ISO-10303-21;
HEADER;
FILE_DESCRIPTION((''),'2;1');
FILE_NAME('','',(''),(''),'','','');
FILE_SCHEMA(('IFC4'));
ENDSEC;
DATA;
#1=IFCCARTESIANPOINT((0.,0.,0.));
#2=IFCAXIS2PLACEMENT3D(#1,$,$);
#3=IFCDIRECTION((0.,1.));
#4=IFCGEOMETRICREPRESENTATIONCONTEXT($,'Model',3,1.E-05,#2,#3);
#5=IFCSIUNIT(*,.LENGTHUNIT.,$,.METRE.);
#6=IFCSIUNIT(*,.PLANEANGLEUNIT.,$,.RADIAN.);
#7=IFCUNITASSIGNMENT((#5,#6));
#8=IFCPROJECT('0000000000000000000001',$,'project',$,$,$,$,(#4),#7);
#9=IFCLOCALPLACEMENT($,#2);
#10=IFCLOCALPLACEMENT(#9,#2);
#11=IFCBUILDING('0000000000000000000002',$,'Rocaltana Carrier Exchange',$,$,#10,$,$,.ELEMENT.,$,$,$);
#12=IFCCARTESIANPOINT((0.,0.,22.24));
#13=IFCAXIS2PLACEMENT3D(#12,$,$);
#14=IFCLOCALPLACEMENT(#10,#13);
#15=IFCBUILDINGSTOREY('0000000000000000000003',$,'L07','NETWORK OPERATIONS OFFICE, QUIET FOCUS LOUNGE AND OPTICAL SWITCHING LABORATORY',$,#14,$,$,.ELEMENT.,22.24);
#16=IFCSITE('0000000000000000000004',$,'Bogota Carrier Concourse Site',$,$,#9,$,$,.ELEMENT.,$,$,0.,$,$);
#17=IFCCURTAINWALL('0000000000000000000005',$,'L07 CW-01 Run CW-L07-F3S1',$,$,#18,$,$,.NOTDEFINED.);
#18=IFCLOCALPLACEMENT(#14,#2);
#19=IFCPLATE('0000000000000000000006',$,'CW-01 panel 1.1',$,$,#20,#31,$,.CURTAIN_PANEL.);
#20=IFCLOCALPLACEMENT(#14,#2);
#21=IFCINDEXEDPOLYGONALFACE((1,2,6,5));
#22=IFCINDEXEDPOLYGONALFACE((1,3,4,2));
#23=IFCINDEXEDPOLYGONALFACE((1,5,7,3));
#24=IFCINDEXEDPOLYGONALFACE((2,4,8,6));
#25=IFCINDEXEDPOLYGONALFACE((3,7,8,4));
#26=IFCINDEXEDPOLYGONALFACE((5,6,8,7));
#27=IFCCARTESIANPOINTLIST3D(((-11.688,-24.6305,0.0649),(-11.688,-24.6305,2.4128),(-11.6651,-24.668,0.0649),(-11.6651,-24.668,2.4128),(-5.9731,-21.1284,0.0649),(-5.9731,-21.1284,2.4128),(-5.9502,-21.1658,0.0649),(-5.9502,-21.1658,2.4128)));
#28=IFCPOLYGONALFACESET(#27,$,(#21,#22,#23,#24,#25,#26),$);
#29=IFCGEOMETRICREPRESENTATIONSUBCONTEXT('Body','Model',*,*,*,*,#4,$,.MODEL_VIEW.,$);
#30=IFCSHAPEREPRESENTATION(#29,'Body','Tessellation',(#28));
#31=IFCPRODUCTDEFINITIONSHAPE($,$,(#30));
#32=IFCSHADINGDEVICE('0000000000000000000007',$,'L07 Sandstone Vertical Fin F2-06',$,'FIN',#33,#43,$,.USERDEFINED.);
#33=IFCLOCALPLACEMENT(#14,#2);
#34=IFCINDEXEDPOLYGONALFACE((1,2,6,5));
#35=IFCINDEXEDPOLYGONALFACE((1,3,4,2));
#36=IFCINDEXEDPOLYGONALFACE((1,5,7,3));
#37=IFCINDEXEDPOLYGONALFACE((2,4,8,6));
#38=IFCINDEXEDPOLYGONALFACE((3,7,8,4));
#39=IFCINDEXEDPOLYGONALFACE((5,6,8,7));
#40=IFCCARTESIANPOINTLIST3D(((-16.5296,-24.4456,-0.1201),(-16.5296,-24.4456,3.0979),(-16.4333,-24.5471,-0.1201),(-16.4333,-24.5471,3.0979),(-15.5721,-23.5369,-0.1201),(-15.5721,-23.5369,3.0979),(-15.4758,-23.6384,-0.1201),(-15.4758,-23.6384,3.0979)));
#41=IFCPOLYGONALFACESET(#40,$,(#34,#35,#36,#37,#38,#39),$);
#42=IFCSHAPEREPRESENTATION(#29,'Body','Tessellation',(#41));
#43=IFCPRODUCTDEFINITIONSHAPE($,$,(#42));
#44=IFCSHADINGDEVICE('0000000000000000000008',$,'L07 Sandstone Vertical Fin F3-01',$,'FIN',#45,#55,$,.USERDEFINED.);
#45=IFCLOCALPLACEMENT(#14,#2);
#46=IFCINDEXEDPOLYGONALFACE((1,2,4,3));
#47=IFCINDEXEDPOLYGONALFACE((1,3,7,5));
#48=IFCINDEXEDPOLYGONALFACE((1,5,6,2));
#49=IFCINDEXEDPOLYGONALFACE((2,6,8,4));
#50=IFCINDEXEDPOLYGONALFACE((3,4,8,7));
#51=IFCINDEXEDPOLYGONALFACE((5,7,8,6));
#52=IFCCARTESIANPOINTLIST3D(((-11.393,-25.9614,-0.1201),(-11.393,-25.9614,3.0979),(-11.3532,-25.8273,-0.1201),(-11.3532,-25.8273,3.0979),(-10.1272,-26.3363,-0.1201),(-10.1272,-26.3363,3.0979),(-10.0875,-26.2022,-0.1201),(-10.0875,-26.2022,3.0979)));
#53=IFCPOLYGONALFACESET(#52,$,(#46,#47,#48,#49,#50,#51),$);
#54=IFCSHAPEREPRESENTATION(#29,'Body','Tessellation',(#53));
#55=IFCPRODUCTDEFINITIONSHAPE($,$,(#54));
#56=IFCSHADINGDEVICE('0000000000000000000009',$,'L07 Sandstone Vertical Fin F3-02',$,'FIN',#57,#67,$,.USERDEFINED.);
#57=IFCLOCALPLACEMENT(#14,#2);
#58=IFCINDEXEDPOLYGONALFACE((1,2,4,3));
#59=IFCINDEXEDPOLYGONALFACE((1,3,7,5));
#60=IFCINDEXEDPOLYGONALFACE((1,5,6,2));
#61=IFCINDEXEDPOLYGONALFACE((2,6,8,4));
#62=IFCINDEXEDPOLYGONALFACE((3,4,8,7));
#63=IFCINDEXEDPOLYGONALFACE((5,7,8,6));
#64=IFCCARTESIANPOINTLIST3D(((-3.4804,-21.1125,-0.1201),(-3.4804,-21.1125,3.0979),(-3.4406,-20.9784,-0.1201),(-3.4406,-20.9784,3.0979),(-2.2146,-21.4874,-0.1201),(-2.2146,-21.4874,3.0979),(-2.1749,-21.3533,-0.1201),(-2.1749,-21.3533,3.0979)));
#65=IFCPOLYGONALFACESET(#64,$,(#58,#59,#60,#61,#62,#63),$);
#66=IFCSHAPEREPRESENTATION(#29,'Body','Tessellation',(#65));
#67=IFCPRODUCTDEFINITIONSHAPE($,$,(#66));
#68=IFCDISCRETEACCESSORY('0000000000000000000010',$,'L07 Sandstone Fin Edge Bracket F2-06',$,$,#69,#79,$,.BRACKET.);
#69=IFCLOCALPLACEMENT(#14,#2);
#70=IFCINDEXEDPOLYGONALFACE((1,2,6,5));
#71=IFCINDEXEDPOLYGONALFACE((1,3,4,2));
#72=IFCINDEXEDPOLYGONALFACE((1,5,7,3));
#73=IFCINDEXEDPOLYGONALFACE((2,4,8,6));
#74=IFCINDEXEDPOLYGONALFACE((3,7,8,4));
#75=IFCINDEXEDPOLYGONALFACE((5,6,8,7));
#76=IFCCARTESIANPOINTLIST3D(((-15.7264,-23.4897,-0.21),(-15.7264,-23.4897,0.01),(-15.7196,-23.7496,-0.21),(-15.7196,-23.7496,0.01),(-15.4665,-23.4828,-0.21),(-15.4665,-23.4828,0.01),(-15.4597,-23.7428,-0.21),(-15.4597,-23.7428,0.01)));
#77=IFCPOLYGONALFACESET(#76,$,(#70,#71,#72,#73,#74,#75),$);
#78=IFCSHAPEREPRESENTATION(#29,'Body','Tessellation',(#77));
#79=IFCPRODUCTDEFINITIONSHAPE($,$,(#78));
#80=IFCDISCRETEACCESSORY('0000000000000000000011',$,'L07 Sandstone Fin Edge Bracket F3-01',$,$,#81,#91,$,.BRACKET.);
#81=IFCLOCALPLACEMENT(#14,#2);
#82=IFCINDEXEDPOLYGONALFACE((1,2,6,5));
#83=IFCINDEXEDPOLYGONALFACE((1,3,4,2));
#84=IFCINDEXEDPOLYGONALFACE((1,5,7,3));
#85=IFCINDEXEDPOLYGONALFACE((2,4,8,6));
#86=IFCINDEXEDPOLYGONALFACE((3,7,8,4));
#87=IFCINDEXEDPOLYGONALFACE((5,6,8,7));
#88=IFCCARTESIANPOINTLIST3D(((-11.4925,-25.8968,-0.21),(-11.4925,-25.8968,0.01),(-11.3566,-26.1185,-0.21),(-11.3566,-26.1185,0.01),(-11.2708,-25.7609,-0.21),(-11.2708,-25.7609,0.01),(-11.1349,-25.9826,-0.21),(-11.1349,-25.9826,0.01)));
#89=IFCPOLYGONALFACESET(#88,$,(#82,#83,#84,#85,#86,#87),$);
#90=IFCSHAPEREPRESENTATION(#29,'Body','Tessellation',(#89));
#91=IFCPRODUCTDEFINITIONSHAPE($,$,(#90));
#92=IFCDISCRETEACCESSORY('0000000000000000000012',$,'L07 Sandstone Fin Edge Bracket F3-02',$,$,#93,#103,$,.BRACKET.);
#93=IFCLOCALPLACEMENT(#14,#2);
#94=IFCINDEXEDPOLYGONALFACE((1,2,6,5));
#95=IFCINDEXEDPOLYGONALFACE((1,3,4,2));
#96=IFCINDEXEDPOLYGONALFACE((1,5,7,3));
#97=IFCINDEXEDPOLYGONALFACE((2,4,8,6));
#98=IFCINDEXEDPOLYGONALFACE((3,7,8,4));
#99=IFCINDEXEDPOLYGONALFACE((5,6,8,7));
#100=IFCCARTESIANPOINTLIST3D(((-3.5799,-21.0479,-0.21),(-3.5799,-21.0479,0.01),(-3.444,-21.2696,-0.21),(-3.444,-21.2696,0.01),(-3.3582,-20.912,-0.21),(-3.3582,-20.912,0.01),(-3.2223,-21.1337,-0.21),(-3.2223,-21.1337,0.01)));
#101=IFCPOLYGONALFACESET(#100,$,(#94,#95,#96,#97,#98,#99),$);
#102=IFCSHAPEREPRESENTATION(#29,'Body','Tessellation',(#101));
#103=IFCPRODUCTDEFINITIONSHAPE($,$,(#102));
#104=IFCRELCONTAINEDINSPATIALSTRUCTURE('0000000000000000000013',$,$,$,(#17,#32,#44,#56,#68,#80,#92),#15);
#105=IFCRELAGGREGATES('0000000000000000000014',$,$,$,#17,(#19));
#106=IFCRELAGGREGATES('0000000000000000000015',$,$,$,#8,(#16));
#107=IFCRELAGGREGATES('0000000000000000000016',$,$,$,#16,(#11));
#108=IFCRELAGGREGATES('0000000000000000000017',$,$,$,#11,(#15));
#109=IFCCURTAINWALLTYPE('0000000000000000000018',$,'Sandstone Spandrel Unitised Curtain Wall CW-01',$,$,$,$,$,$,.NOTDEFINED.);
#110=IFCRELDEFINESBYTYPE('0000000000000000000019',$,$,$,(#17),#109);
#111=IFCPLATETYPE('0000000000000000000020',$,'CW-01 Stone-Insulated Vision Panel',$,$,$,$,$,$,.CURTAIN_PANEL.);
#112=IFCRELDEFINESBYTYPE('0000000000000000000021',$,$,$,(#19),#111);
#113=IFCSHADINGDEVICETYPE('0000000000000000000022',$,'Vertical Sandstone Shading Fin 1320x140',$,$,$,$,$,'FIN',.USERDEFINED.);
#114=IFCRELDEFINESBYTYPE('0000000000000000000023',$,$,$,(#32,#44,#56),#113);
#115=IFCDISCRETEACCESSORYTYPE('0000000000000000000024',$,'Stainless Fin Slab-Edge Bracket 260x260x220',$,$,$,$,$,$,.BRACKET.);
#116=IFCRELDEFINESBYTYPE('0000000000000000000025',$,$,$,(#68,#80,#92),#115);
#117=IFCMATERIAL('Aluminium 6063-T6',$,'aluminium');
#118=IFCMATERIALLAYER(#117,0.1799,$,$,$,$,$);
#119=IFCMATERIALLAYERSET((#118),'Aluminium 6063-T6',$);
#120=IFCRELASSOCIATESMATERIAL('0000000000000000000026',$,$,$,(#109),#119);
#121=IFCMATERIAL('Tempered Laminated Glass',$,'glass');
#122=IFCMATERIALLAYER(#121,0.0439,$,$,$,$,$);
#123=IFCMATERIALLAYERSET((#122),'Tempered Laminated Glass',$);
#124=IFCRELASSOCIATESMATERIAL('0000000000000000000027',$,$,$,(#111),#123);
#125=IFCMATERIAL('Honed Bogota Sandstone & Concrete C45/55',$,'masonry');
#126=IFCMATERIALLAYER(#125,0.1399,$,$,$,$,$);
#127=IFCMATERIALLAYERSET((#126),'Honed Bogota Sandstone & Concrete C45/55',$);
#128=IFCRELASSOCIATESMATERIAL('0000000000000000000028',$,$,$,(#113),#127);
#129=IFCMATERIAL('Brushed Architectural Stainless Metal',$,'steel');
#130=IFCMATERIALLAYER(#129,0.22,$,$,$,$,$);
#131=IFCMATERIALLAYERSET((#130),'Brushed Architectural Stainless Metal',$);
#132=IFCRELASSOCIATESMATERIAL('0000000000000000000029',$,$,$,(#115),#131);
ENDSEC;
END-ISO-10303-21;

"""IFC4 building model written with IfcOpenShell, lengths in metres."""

from ifc_helpers import new_model, si_unit, direction, frame, origin, origin_2d, place, context, subcontext, project, spatial, rectangle, extrude, material, layer, layer_set, type_object, element, aggregate, save


model = new_model("IFC4")

# Units and contexts
model_context = context("Model", 3, precision=1e-05, world=origin(), true_north=direction((0.0, 1.0)))
body_context = subcontext(model_context, "Body", "Model", "MODEL_VIEW")
ifc_project = project(units=[si_unit("LENGTHUNIT", "METRE"), si_unit("PLANEANGLEUNIT", "RADIAN")], contexts=[model_context])

# Site, building, storey
site_placement = place(None, origin())
site = spatial("IfcSite", under=ifc_project, at=site_placement, Name="Bogota Carrier Concourse Site", CompositionType="ELEMENT", RefElevation=0.0)
building_placement = place(site_placement, origin())
building = spatial("IfcBuilding", under=site, at=building_placement, Name="Rocaltana Carrier Exchange", CompositionType="ELEMENT")
storey_placement = place(building_placement, frame((0.0, 0.0, 22.24)))
storey = spatial("IfcBuildingStorey", under=building, at=storey_placement, Name="L07", Description="NETWORK OPERATIONS OFFICE, QUIET FOCUS LOUNGE AND OPTICAL SWITCHING LABORATORY", CompositionType="ELEMENT", Elevation=22.24)

# Shared definitions
ifc_material_1 = material(Name="Aluminium 6063-T6", Category="aluminium")
ifc_layer_1 = layer(ifc_material_1, 0.1799)
ifc_layer_set_1 = layer_set([ifc_layer_1], Name="Aluminium 6063-T6")
curtain_wall_type = type_object("IfcCurtainWallType", Name="Sandstone Spandrel Unitised Curtain Wall CW-01", PredefinedType="NOTDEFINED", material=ifc_layer_set_1)

# Curtain wall
curtain_wall_1_placement = place(storey_placement, origin())
curtain_wall_1 = element("IfcCurtainWall", 1, at=curtain_wall_1_placement, inside=storey, type_object=curtain_wall_type, Name="L07 CW-01 Run CW-L07-F3S1", PredefinedType="NOTDEFINED")

# Plate
ifc_material_2 = material(Name="Tempered Laminated Glass", Category="glass")
ifc_layer_2 = layer(ifc_material_2, 0.0439)
ifc_layer_set_2 = layer_set([ifc_layer_2], Name="Tempered Laminated Glass")
plate_type = type_object("IfcPlateType", Name="CW-01 Stone-Insulated Vision Panel", PredefinedType="CURTAIN_PANEL", material=ifc_layer_set_2)
plate_placement = place(storey_placement, frame((-8.8191, -22.8982, 0.0649), z_axis=(0.0, 0.0, 1.0), x_axis=(0.852636, 0.522505, 0.0)))
plate = element("IfcPlate", 2, at=plate_placement, type_object=plate_type, Name="CW-01 panel 1.1", PredefinedType="CURTAIN_PANEL", context=body_context, shape_type="SweptSolid", body=[
    extrude(rectangle(XDim=6.7026, YDim=0.0439, at=origin_2d()), origin(), (0.0, 0.0, 1.0), 2.3479),
])
aggregate(curtain_wall_1, [plate])

# Shading devices
ifc_material_3 = material(Name="Honed Bogota Sandstone & Concrete C45/55", Category="masonry")
ifc_layer_3 = layer(ifc_material_3, 0.1399)
ifc_layer_set_3 = layer_set([ifc_layer_3], Name="Honed Bogota Sandstone & Concrete C45/55")
shading_device_type = type_object("IfcShadingDeviceType", Name="Vertical Sandstone Shading Fin 1320x140", ElementType="FIN", PredefinedType="USERDEFINED", material=ifc_layer_set_3)
for number, where, z_axis, x_axis, name in (
    (3, (-16.0027, -24.042, -0.1201), (0.0, 0.0, 1.0), (-0.725374, -0.688355, 0.0), "L07 Sandstone Vertical Fin F2-06"),
    (4, (-10.7402, -26.0818, -0.1201), (0.0, 0.0, 1.0), (0.95882, -0.284015, 0.0), "L07 Sandstone Vertical Fin F3-01"),
    (5, (-2.8276, -21.2329, -0.1201), (0.0, 0.0, 1.0), (0.95882, -0.284015, 0.0), "L07 Sandstone Vertical Fin F3-02"),
):
    element("IfcShadingDevice", number, at=place(storey_placement, frame(where, z_axis=z_axis, x_axis=x_axis)), inside=storey, type_object=shading_device_type, Name=name, ObjectType="FIN", PredefinedType="USERDEFINED", context=body_context, shape_type="SweptSolid", body=[
        extrude(rectangle(XDim=1.3201, YDim=0.1399, at=origin_2d()), origin(), (0.0, 0.0, 1.0), 3.218),
    ])

# Discrete accessories
ifc_material_4 = material(Name="Brushed Architectural Stainless Metal", Category="steel")
ifc_layer_4 = layer(ifc_material_4, 0.22)
ifc_layer_set_4 = layer_set([ifc_layer_4], Name="Brushed Architectural Stainless Metal")
discrete_accessory_type = type_object("IfcDiscreteAccessoryType", Name="Stainless Fin Slab-Edge Bracket 260x260x220", PredefinedType="BRACKET", material=ifc_layer_set_4)
for number, where, z_axis, x_axis, name in (
    (6, (-15.593, -23.6162, -0.21), (0.0, 0.0, 1.0), (0.026177, -0.999657, 0.0), "L07 Sandstone Fin Edge Bracket F2-06"),
    (7, (-11.3137, -25.9397, -0.21), (0.0, 0.0, 1.0), (0.85264, 0.522499, 0.0), "L07 Sandstone Fin Edge Bracket F3-01"),
    (8, (-3.4011, -21.0908, -0.21), (0.0, 0.0, 1.0), (0.85264, 0.522499, 0.0), "L07 Sandstone Fin Edge Bracket F3-02"),
):
    element("IfcDiscreteAccessory", number, at=place(storey_placement, frame(where, z_axis=z_axis, x_axis=x_axis)), inside=storey, type_object=discrete_accessory_type, Name=name, PredefinedType="BRACKET", context=body_context, shape_type="SweptSolid", body=[
        extrude(rectangle(XDim=0.26, YDim=0.26, at=origin_2d()), origin(), (0.0, 0.0, 1.0), 0.22),
    ])

save(model, "model.ifc")
